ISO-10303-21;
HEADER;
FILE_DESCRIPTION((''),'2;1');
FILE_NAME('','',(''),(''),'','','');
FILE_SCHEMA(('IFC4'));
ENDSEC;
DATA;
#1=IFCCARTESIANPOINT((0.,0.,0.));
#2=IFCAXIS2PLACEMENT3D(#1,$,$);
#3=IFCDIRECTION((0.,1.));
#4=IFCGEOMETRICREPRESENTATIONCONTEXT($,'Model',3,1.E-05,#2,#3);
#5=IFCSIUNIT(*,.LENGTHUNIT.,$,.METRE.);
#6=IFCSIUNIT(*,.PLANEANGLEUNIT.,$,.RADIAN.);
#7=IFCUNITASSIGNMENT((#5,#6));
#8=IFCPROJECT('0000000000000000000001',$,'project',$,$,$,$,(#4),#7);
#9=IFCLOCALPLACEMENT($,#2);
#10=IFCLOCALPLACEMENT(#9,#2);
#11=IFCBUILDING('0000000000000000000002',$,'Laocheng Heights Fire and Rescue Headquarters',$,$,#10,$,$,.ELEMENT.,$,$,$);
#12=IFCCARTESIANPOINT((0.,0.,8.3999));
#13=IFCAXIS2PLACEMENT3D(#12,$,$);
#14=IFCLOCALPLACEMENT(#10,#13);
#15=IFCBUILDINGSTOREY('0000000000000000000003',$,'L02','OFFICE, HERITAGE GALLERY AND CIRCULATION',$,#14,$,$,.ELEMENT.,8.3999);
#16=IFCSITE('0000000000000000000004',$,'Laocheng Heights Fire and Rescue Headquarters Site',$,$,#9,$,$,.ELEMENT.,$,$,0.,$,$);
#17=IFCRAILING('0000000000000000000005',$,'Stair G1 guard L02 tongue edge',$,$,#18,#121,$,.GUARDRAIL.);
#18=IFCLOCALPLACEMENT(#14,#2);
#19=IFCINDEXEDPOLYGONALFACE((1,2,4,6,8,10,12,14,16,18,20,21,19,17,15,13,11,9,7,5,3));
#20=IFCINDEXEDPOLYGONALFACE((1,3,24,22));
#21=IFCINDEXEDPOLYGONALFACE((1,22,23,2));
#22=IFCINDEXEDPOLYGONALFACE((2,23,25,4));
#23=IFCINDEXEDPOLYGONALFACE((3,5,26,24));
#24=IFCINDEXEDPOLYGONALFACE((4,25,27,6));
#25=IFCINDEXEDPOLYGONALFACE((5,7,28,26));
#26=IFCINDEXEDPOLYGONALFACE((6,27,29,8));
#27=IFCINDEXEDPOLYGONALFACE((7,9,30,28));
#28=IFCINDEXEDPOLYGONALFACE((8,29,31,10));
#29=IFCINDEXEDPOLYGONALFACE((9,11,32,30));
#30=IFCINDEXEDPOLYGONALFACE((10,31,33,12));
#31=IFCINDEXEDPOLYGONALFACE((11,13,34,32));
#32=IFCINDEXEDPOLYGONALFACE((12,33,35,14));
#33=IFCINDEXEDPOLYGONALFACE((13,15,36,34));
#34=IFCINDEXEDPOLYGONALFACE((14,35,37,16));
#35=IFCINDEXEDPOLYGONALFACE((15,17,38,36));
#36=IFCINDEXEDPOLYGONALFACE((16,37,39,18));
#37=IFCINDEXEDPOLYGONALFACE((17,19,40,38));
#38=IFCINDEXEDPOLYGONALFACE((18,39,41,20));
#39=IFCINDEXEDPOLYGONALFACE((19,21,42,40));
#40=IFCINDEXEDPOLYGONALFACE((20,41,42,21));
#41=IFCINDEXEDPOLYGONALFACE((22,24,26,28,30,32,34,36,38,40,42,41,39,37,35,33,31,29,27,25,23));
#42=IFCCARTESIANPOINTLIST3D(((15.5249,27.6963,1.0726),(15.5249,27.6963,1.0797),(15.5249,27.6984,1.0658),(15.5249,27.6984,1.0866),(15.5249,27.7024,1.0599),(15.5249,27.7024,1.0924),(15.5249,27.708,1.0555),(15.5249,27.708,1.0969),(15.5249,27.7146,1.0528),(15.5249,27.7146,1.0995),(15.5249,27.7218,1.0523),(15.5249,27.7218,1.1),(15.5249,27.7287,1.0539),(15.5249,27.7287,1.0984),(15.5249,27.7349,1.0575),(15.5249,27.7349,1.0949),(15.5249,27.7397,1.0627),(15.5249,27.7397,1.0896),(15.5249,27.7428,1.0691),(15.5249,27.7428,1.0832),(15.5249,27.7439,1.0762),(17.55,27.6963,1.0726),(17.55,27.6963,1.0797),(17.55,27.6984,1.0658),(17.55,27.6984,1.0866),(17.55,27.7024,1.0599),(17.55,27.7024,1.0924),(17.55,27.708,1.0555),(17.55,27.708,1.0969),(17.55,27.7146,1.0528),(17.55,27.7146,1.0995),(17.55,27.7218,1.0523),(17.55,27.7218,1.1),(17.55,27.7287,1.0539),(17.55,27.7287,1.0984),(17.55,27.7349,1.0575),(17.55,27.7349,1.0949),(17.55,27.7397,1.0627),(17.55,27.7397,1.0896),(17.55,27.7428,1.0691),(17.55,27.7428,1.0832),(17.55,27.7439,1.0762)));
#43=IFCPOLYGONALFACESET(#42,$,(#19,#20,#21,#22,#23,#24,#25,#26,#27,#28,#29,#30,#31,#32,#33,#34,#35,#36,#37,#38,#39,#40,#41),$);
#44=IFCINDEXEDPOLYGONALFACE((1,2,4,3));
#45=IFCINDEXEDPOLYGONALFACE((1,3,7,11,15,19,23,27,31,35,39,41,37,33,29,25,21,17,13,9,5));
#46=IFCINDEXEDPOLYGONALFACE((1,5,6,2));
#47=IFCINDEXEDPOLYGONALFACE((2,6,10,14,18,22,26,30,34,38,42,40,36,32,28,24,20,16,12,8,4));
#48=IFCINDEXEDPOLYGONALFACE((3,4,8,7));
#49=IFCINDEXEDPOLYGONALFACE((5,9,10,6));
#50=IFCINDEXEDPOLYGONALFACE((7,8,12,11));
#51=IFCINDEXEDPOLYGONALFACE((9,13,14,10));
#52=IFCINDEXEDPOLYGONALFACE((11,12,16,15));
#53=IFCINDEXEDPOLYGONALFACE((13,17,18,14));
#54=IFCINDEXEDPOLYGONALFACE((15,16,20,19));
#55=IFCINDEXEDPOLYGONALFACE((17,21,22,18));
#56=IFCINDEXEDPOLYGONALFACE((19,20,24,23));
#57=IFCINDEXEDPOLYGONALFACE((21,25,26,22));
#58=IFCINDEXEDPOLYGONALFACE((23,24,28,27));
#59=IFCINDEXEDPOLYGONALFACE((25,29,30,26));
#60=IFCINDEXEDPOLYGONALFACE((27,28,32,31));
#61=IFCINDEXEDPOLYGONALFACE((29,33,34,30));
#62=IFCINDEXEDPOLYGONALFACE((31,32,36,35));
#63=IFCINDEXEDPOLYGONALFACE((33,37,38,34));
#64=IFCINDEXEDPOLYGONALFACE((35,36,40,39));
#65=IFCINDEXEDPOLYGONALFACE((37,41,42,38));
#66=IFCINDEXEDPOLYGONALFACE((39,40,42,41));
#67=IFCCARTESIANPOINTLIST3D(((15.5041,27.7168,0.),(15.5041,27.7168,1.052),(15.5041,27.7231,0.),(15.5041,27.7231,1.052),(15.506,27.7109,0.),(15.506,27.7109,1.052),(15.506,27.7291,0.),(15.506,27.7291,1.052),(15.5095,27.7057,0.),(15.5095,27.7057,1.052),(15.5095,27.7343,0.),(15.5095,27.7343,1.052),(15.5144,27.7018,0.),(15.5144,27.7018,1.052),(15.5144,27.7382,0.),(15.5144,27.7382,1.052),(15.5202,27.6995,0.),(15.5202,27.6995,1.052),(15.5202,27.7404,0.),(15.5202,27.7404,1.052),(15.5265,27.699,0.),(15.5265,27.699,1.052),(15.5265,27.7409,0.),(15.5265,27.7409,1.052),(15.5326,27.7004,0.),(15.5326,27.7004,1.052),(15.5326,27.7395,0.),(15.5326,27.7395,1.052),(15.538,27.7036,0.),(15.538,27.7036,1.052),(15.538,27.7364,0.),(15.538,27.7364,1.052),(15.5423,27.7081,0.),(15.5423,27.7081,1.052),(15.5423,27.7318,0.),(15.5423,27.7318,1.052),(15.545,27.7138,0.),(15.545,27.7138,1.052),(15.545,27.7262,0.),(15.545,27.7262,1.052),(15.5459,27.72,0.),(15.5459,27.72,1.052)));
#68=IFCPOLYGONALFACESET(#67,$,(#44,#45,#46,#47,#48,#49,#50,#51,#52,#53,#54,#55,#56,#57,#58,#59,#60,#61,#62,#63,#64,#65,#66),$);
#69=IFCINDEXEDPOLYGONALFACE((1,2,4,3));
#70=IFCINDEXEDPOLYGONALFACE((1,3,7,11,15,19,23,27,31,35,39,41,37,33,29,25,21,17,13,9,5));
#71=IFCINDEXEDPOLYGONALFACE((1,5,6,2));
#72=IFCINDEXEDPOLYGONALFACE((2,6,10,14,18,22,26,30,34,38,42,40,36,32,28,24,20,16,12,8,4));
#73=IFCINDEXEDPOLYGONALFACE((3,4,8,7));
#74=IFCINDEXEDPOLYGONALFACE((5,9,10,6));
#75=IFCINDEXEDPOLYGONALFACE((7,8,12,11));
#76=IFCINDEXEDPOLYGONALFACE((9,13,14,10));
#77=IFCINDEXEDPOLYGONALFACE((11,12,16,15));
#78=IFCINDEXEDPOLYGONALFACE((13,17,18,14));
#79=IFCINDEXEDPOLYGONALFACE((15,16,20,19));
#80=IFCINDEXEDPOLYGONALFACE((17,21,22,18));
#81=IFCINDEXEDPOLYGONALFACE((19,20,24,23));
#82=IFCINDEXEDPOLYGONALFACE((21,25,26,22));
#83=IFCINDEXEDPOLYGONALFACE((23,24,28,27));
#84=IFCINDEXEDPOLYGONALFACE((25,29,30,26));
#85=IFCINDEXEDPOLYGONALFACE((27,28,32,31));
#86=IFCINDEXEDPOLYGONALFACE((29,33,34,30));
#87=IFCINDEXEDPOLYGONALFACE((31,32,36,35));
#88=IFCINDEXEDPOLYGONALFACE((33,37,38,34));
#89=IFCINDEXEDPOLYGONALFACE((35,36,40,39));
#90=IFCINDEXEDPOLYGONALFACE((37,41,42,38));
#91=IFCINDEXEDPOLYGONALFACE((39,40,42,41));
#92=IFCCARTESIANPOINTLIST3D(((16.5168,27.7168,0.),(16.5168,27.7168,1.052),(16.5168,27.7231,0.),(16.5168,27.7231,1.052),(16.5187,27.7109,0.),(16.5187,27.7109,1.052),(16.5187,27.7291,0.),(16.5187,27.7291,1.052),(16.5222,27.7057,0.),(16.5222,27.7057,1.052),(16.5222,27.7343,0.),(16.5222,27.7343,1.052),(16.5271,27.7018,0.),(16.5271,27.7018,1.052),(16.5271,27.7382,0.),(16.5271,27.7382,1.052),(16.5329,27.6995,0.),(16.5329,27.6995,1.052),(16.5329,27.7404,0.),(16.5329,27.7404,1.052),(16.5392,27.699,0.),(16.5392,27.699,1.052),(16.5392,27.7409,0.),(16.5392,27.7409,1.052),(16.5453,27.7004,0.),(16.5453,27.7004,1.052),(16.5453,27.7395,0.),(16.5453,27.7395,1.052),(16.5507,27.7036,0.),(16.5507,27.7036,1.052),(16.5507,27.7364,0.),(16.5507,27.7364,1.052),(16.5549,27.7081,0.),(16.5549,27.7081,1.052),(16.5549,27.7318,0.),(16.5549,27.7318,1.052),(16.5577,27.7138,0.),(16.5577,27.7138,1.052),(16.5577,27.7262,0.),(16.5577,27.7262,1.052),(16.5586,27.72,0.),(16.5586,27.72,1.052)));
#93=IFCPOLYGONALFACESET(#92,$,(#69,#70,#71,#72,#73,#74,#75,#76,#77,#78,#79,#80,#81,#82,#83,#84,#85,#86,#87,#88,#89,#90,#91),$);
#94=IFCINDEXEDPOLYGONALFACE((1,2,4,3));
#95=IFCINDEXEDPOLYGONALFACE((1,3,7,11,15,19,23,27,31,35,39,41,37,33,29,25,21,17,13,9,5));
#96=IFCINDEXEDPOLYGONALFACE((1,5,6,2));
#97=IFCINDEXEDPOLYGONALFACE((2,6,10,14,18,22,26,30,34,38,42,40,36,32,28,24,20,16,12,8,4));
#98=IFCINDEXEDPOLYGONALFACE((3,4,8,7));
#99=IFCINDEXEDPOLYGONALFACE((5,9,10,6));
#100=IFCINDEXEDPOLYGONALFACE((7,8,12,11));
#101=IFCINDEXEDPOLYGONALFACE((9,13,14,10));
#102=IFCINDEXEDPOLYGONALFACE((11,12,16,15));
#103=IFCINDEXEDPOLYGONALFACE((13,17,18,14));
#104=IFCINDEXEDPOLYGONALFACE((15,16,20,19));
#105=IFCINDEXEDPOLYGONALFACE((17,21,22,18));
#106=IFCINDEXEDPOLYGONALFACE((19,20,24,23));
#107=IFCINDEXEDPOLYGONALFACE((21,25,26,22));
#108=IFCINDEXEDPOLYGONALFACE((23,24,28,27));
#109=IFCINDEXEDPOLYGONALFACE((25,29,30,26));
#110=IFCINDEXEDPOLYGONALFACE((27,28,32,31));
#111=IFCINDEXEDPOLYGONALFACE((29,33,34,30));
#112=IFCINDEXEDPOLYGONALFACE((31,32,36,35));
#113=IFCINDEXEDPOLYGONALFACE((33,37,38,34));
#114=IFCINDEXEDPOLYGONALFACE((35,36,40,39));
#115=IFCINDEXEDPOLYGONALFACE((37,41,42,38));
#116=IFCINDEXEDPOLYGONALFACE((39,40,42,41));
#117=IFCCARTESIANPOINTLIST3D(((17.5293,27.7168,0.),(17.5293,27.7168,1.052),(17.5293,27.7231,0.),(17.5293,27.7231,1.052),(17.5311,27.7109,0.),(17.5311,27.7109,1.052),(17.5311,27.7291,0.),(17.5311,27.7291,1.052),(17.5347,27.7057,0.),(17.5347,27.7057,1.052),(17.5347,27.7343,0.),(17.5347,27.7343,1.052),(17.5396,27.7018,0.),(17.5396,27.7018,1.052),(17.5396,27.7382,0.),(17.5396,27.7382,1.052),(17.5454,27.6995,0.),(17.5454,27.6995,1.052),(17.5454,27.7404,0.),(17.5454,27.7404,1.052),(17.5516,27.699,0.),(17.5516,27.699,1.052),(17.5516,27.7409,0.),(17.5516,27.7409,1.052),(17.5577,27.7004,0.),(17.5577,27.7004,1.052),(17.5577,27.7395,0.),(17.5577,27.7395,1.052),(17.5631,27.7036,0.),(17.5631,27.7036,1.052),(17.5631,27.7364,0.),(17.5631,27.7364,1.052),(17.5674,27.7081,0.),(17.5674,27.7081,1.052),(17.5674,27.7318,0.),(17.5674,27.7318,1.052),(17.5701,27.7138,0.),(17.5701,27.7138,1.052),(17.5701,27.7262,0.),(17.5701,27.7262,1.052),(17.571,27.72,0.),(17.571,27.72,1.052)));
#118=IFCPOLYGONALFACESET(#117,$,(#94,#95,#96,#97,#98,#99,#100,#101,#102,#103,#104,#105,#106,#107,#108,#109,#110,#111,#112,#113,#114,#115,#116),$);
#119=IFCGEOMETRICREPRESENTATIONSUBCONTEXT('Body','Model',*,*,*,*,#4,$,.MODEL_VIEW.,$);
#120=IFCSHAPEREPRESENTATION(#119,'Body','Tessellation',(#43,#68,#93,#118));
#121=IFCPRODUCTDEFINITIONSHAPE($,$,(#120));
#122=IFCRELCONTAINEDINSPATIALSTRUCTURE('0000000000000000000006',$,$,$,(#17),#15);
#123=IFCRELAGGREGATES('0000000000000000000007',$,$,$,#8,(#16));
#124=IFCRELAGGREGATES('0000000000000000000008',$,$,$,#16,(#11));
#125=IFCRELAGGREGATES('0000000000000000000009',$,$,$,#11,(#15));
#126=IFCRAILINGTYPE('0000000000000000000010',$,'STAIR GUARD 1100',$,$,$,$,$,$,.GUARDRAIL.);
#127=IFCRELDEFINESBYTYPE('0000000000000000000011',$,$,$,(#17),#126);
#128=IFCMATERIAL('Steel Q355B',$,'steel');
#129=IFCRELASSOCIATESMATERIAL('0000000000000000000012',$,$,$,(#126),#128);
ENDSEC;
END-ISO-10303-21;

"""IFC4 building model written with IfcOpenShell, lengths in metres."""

from ifc_helpers import new_model, si_unit, direction, frame, origin, origin_2d, place, context, subcontext, project, spatial, circle, extrude, material, type_object, element, save


model = new_model("IFC4")

# Units and contexts
model_context = context("Model", 3, precision=1e-05, world=origin(), true_north=direction((0.0, 1.0)))
body_context = subcontext(model_context, "Body", "Model", "MODEL_VIEW")
ifc_project = project(units=[si_unit("LENGTHUNIT", "METRE"), si_unit("PLANEANGLEUNIT", "RADIAN")], contexts=[model_context])

# Site, building, storey
site_placement = place(None, origin())
site = spatial("IfcSite", under=ifc_project, at=site_placement, Name="Laocheng Heights Fire and Rescue Headquarters Site", CompositionType="ELEMENT", RefElevation=0.0)
building_placement = place(site_placement, origin())
building = spatial("IfcBuilding", under=site, at=building_placement, Name="Laocheng Heights Fire and Rescue Headquarters", CompositionType="ELEMENT")
storey_placement = place(building_placement, frame((0.0, 0.0, 8.3999)))
storey = spatial("IfcBuildingStorey", under=building, at=storey_placement, Name="L02", Description="OFFICE, HERITAGE GALLERY AND CIRCULATION", CompositionType="ELEMENT", Elevation=8.3999)

# Railing
ifc_material_1 = material(Name="Steel Q355B", Category="steel")
railing_type_1 = type_object("IfcRailingType", Name="STAIR GUARD 1100", PredefinedType="GUARDRAIL", material=ifc_material_1)
railing_1_placement = place(storey_placement, frame((15.5249, 27.72, 0.0)))
element("IfcRailing", 1, at=railing_1_placement, inside=storey, type_object=railing_type_1, Name="Stair G1 guard L02 tongue edge", PredefinedType="GUARDRAIL", context=body_context, shape_type="SweptSolid", body=[
    extrude(circle(Radius=0.0239, at=origin_2d()), frame((0.0, 0.0, 1.0762), z_axis=(1.0, 0.0, 0.0), x_axis=(0.0, 1.0, 0.0)), (0.0, 0.0, 1.0), 2.0251),
    extrude(circle(Radius=0.021, at=origin_2d()), origin(), (0.0, 0.0, 1.0), 1.052),
    extrude(circle(Radius=0.021, at=origin_2d()), frame((1.0127, 0.0, 0.0)), (0.0, 0.0, 1.0), 1.052),
    extrude(circle(Radius=0.021, at=origin_2d()), frame((2.0251, 0.0, 0.0)), (0.0, 0.0, 1.0), 1.052),
])

save(model, "model.ifc")
